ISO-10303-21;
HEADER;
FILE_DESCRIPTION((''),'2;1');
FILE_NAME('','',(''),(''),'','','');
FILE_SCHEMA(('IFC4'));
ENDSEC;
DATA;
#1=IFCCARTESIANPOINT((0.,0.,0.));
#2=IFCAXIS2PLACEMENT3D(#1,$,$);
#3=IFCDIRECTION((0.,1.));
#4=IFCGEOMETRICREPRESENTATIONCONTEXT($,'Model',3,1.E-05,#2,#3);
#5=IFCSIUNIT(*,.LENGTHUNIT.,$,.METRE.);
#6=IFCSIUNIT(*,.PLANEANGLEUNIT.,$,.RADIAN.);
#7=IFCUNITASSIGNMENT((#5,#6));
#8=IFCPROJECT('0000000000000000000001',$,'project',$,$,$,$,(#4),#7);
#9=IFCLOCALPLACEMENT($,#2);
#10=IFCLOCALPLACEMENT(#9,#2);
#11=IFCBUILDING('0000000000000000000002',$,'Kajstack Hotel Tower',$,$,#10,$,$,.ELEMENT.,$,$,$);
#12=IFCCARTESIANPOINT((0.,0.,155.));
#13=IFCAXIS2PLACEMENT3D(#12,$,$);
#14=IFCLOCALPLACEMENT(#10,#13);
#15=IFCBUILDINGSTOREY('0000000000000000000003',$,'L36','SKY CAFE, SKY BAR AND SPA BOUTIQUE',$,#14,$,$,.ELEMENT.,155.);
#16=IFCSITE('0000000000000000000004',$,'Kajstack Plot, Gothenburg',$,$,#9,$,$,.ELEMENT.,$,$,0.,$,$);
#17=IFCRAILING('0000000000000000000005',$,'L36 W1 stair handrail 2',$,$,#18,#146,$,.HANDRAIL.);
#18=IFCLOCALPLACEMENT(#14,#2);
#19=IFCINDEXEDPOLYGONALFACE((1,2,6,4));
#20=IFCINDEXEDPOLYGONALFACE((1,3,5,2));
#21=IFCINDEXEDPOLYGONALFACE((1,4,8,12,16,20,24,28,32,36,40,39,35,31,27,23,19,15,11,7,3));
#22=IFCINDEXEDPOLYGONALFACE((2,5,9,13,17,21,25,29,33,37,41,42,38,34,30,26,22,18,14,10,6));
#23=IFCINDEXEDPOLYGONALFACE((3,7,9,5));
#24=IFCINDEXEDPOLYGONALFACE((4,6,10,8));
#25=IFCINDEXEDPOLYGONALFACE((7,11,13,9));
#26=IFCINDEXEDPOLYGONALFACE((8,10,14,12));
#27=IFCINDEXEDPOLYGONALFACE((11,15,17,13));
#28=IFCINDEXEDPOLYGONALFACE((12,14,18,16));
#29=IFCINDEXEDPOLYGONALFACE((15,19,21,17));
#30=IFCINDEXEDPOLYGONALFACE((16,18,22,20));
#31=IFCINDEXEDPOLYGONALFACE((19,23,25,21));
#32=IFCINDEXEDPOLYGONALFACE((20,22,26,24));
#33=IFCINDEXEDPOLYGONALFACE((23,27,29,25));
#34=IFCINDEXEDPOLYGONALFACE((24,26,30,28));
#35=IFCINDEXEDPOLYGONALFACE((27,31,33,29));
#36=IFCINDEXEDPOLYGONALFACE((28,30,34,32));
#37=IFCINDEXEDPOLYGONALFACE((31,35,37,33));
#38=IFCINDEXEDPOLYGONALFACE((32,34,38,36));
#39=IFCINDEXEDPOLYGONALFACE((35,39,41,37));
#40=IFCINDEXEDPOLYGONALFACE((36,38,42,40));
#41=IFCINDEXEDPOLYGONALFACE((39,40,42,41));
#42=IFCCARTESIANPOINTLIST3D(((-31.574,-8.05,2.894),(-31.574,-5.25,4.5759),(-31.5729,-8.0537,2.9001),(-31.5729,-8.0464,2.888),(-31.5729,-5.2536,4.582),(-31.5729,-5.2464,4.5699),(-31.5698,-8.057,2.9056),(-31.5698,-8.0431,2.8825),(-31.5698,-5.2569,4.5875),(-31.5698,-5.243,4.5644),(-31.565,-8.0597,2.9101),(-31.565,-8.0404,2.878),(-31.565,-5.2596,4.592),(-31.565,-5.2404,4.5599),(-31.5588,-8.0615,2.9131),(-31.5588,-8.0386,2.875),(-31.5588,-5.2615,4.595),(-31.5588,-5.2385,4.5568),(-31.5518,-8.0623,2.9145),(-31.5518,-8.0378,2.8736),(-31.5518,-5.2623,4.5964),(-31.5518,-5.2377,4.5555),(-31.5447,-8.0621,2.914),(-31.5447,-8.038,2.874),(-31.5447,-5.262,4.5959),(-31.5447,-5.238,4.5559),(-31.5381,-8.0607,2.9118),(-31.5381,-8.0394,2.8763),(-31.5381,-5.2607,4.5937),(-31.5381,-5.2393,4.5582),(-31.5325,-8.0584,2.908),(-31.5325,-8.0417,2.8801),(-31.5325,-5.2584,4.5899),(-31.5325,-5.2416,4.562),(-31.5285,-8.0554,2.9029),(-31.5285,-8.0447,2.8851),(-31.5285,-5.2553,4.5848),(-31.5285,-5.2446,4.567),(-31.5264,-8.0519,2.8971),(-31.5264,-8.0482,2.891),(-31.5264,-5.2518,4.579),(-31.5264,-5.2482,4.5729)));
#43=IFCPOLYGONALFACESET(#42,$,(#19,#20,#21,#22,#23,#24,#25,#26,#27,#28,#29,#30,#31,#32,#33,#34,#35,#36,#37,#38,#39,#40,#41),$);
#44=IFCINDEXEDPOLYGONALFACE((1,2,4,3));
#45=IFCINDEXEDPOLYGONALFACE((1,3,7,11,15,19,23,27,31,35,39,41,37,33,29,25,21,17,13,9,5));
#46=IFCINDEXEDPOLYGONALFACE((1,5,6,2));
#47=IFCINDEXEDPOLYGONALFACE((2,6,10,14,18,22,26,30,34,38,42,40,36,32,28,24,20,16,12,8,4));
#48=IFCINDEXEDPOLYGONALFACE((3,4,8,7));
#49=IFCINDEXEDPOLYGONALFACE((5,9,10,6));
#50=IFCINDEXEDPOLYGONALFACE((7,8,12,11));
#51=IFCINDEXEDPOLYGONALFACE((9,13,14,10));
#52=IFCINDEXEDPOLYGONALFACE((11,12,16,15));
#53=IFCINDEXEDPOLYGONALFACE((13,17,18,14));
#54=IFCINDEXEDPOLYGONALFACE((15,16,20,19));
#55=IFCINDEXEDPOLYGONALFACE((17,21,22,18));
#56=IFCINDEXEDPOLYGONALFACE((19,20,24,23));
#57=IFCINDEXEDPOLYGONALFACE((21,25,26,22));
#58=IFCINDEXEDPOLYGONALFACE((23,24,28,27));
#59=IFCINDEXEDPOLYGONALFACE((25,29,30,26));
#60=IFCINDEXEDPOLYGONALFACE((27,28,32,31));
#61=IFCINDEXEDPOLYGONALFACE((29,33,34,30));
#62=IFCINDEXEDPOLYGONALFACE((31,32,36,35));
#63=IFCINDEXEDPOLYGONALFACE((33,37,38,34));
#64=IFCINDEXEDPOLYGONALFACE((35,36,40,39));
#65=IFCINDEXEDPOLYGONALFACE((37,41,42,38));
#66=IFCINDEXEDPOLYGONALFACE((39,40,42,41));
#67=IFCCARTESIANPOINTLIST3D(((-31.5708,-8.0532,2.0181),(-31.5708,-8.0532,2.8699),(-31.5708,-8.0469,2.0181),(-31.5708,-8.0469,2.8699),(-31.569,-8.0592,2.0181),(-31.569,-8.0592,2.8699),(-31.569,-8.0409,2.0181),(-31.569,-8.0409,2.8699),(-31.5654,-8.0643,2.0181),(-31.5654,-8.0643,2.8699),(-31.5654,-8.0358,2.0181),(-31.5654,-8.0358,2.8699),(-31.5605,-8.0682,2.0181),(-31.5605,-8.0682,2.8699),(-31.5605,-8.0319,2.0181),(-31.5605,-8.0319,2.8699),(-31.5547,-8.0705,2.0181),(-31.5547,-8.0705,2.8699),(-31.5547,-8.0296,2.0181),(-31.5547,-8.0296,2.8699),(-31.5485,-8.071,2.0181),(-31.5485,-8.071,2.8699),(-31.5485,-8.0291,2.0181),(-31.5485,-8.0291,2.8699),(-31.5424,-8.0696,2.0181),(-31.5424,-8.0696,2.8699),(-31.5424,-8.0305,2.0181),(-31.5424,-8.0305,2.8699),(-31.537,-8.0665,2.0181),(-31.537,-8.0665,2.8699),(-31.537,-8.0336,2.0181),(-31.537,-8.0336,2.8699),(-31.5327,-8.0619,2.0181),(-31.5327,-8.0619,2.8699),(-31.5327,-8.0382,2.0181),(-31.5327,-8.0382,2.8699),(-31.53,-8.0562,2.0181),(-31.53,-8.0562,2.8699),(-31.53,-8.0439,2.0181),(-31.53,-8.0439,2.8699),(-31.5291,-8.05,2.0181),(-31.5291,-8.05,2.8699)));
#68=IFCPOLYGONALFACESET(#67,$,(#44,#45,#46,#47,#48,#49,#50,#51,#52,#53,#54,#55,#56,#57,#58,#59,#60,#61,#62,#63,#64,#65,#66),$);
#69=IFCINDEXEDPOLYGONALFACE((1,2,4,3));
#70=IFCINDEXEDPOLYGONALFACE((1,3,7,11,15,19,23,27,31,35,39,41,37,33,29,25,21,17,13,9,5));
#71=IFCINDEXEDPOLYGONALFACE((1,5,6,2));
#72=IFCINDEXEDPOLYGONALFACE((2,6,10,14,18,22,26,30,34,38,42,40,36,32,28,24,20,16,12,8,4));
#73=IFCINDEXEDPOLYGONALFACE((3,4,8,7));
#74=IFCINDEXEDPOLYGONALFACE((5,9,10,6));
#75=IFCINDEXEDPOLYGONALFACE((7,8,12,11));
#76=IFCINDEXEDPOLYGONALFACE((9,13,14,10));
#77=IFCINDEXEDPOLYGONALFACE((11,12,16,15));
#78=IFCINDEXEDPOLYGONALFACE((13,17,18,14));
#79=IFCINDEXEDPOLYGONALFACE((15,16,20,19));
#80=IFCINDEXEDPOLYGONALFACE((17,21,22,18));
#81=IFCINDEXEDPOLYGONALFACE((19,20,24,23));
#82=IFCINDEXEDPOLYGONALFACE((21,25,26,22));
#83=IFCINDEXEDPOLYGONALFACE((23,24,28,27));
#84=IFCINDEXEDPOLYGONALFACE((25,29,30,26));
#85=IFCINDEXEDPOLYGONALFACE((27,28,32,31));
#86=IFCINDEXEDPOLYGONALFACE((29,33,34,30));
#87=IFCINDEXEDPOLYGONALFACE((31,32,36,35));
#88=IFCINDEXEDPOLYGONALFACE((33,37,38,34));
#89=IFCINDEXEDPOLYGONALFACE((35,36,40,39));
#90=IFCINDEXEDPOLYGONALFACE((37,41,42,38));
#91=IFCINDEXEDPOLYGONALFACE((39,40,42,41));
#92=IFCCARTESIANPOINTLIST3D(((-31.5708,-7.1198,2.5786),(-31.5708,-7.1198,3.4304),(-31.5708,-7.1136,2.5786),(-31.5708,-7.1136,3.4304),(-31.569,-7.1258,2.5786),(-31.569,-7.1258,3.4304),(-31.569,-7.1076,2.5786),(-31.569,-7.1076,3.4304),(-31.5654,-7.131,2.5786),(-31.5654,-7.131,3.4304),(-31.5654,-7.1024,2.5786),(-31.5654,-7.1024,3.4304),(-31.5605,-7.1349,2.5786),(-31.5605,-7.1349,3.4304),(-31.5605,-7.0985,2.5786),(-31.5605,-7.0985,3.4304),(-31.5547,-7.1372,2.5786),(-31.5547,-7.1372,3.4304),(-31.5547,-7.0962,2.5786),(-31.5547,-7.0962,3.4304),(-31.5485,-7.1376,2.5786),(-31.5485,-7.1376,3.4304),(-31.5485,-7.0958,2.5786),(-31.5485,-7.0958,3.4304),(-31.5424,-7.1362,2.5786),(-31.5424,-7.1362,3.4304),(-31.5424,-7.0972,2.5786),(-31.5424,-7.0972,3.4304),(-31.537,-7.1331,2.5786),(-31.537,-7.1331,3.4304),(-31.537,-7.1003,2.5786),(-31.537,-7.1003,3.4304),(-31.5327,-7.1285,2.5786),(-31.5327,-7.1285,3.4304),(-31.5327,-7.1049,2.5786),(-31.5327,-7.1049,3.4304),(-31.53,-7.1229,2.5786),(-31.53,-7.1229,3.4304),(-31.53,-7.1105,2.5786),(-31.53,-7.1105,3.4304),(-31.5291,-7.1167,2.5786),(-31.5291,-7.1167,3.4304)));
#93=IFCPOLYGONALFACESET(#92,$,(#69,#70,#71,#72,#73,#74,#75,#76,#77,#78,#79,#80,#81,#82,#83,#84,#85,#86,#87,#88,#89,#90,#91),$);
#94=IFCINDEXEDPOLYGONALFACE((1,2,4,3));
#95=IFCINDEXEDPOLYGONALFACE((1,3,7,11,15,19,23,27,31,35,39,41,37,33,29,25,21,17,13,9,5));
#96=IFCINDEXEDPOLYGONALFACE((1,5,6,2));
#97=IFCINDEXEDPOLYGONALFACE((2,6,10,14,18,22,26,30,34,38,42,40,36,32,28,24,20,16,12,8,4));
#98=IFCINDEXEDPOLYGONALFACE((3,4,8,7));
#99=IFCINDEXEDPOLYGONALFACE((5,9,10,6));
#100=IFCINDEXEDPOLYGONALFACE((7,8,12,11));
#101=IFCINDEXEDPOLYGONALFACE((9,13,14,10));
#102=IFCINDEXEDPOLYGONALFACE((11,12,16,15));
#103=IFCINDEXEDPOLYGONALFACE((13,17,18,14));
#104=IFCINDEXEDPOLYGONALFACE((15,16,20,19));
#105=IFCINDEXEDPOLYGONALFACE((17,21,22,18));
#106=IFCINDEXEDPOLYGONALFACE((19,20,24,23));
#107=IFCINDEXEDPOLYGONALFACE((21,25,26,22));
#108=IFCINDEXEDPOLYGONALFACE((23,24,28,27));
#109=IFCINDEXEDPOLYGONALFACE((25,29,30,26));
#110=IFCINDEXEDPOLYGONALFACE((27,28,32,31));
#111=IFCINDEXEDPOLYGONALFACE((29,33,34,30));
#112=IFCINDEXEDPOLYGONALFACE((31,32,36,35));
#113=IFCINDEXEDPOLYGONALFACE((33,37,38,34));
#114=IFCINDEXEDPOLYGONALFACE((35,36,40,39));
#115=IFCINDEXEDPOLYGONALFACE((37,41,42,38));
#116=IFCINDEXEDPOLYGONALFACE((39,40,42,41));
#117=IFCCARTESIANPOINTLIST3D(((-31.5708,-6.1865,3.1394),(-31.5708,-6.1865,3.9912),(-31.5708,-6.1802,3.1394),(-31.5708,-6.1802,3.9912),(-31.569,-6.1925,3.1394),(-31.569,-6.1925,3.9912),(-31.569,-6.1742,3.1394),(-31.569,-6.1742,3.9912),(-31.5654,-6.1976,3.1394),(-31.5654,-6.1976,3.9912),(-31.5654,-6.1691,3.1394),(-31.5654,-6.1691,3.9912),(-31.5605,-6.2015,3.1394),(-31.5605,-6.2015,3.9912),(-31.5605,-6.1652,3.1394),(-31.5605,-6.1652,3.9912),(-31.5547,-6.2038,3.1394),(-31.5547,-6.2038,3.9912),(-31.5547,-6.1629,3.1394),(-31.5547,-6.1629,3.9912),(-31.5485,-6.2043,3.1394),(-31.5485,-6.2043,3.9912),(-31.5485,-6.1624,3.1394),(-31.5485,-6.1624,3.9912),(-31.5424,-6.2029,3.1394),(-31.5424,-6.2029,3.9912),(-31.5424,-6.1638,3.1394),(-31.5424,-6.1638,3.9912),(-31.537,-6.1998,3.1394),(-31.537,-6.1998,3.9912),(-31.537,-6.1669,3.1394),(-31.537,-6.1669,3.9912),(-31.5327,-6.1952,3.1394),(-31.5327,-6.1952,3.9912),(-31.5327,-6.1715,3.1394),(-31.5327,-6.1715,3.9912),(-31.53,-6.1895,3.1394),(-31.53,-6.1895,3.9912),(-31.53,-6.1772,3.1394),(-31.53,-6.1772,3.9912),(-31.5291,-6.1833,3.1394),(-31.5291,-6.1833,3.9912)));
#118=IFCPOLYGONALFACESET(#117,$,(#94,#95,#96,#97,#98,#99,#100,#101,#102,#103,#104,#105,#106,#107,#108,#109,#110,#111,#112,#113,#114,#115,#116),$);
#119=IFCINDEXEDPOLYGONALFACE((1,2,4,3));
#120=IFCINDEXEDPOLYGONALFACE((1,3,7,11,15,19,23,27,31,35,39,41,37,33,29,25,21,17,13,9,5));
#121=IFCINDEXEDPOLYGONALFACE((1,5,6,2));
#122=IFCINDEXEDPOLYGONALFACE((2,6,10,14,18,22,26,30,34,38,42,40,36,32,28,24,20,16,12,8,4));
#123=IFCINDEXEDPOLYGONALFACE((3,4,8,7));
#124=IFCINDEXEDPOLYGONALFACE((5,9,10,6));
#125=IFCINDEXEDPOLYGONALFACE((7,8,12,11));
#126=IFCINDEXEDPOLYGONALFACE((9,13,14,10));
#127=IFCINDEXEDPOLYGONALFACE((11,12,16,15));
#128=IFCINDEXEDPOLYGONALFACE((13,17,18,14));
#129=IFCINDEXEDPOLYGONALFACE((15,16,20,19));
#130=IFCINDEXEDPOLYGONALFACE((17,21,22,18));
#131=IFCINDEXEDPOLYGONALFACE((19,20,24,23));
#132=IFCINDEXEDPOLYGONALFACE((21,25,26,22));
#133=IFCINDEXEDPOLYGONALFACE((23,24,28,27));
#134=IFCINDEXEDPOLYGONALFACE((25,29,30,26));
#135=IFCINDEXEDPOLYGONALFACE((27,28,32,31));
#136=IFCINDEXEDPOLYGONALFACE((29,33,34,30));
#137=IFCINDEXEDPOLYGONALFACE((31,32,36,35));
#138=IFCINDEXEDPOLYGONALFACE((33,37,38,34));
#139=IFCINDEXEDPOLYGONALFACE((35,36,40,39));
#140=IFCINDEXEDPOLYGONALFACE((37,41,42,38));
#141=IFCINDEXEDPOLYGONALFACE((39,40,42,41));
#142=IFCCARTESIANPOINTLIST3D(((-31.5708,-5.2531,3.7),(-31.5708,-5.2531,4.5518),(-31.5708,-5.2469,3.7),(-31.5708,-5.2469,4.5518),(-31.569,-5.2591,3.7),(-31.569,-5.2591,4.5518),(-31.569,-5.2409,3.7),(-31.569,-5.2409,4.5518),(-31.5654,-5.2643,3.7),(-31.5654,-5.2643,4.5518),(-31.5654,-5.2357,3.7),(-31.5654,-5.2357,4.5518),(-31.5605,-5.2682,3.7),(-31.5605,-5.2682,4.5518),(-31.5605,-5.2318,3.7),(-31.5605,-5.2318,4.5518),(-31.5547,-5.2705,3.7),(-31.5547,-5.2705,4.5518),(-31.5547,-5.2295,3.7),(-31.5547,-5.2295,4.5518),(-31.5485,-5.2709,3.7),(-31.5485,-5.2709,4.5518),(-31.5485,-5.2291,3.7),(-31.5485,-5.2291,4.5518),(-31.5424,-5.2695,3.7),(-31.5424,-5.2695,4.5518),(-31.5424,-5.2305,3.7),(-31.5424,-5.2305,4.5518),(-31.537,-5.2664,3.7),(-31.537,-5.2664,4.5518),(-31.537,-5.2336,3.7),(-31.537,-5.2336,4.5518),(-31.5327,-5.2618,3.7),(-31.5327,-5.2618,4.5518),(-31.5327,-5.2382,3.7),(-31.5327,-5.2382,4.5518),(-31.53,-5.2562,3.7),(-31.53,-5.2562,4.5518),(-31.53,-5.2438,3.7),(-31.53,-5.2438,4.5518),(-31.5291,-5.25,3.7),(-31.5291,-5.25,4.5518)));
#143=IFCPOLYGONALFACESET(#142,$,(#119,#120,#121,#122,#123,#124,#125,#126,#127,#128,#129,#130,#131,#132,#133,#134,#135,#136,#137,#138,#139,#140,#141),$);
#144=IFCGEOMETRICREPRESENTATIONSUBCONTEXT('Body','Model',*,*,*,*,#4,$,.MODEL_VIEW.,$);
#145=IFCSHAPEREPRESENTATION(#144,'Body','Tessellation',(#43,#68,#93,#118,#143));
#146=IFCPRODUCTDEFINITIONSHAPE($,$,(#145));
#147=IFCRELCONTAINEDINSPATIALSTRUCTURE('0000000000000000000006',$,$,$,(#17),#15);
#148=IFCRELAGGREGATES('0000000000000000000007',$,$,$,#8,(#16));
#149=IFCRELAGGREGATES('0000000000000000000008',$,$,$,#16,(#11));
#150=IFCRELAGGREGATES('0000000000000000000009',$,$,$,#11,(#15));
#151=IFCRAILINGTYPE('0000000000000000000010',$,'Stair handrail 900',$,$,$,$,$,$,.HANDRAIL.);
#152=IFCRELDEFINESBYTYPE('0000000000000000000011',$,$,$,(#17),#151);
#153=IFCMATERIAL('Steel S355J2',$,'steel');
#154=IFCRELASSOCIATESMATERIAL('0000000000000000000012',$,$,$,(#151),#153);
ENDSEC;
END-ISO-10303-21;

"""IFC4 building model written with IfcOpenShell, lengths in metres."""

from ifc_helpers import new_model, si_unit, direction, frame, origin, origin_2d, place, context, subcontext, project, spatial, circle, extrude, material, type_object, element, save


model = new_model("IFC4")

# Units and contexts
model_context = context("Model", 3, precision=1e-05, world=origin(), true_north=direction((0.0, 1.0)))
body_context = subcontext(model_context, "Body", "Model", "MODEL_VIEW")
ifc_project = project(units=[si_unit("LENGTHUNIT", "METRE"), si_unit("PLANEANGLEUNIT", "RADIAN")], contexts=[model_context])

# Site, building, storey
site_placement = place(None, origin())
site = spatial("IfcSite", under=ifc_project, at=site_placement, Name="Kajstack Plot, Gothenburg", CompositionType="ELEMENT", RefElevation=0.0)
building_placement = place(site_placement, origin())
building = spatial("IfcBuilding", under=site, at=building_placement, Name="Kajstack Hotel Tower", CompositionType="ELEMENT")
storey_placement = place(building_placement, frame((0.0, 0.0, 155.0)))
storey = spatial("IfcBuildingStorey", under=building, at=storey_placement, Name="L36", Description="SKY CAFE, SKY BAR AND SPA BOUTIQUE", CompositionType="ELEMENT", Elevation=155.0)

# Railing
ifc_material_1 = material(Name="Steel S355J2", Category="steel")
railing_type_1 = type_object("IfcRailingType", Name="Stair handrail 900", PredefinedType="HANDRAIL", material=ifc_material_1)
railing_1_placement = place(storey_placement, frame((-31.55, -8.05, 2.0181)))
element("IfcRailing", 1, at=railing_1_placement, inside=storey, type_object=railing_type_1, Name="L36 W1 stair handrail 2", PredefinedType="HANDRAIL", context=body_context, shape_type="SweptSolid", body=[
    extrude(circle(Radius=0.0239, at=origin_2d()), frame((0.0, 0.0, 0.876), z_axis=(0.0, 0.857242, 0.514913), x_axis=(-1.0, 0.0, 0.0)), (0.0, 0.0, 1.0), 3.2664),
    extrude(circle(Radius=0.021, at=origin_2d()), origin(), (0.0, 0.0, 1.0), 0.8518),
    extrude(circle(Radius=0.021, at=origin_2d()), frame((0.0, 0.9333, 0.5605)), (0.0, 0.0, 1.0), 0.8518),
    extrude(circle(Radius=0.021, at=origin_2d()), frame((0.0, 1.8667, 1.1213)), (0.0, 0.0, 1.0), 0.8518),
    extrude(circle(Radius=0.021, at=origin_2d()), frame((0.0, 2.8, 1.6819)), (0.0, 0.0, 1.0), 0.8518),
])

save(model, "model.ifc")
